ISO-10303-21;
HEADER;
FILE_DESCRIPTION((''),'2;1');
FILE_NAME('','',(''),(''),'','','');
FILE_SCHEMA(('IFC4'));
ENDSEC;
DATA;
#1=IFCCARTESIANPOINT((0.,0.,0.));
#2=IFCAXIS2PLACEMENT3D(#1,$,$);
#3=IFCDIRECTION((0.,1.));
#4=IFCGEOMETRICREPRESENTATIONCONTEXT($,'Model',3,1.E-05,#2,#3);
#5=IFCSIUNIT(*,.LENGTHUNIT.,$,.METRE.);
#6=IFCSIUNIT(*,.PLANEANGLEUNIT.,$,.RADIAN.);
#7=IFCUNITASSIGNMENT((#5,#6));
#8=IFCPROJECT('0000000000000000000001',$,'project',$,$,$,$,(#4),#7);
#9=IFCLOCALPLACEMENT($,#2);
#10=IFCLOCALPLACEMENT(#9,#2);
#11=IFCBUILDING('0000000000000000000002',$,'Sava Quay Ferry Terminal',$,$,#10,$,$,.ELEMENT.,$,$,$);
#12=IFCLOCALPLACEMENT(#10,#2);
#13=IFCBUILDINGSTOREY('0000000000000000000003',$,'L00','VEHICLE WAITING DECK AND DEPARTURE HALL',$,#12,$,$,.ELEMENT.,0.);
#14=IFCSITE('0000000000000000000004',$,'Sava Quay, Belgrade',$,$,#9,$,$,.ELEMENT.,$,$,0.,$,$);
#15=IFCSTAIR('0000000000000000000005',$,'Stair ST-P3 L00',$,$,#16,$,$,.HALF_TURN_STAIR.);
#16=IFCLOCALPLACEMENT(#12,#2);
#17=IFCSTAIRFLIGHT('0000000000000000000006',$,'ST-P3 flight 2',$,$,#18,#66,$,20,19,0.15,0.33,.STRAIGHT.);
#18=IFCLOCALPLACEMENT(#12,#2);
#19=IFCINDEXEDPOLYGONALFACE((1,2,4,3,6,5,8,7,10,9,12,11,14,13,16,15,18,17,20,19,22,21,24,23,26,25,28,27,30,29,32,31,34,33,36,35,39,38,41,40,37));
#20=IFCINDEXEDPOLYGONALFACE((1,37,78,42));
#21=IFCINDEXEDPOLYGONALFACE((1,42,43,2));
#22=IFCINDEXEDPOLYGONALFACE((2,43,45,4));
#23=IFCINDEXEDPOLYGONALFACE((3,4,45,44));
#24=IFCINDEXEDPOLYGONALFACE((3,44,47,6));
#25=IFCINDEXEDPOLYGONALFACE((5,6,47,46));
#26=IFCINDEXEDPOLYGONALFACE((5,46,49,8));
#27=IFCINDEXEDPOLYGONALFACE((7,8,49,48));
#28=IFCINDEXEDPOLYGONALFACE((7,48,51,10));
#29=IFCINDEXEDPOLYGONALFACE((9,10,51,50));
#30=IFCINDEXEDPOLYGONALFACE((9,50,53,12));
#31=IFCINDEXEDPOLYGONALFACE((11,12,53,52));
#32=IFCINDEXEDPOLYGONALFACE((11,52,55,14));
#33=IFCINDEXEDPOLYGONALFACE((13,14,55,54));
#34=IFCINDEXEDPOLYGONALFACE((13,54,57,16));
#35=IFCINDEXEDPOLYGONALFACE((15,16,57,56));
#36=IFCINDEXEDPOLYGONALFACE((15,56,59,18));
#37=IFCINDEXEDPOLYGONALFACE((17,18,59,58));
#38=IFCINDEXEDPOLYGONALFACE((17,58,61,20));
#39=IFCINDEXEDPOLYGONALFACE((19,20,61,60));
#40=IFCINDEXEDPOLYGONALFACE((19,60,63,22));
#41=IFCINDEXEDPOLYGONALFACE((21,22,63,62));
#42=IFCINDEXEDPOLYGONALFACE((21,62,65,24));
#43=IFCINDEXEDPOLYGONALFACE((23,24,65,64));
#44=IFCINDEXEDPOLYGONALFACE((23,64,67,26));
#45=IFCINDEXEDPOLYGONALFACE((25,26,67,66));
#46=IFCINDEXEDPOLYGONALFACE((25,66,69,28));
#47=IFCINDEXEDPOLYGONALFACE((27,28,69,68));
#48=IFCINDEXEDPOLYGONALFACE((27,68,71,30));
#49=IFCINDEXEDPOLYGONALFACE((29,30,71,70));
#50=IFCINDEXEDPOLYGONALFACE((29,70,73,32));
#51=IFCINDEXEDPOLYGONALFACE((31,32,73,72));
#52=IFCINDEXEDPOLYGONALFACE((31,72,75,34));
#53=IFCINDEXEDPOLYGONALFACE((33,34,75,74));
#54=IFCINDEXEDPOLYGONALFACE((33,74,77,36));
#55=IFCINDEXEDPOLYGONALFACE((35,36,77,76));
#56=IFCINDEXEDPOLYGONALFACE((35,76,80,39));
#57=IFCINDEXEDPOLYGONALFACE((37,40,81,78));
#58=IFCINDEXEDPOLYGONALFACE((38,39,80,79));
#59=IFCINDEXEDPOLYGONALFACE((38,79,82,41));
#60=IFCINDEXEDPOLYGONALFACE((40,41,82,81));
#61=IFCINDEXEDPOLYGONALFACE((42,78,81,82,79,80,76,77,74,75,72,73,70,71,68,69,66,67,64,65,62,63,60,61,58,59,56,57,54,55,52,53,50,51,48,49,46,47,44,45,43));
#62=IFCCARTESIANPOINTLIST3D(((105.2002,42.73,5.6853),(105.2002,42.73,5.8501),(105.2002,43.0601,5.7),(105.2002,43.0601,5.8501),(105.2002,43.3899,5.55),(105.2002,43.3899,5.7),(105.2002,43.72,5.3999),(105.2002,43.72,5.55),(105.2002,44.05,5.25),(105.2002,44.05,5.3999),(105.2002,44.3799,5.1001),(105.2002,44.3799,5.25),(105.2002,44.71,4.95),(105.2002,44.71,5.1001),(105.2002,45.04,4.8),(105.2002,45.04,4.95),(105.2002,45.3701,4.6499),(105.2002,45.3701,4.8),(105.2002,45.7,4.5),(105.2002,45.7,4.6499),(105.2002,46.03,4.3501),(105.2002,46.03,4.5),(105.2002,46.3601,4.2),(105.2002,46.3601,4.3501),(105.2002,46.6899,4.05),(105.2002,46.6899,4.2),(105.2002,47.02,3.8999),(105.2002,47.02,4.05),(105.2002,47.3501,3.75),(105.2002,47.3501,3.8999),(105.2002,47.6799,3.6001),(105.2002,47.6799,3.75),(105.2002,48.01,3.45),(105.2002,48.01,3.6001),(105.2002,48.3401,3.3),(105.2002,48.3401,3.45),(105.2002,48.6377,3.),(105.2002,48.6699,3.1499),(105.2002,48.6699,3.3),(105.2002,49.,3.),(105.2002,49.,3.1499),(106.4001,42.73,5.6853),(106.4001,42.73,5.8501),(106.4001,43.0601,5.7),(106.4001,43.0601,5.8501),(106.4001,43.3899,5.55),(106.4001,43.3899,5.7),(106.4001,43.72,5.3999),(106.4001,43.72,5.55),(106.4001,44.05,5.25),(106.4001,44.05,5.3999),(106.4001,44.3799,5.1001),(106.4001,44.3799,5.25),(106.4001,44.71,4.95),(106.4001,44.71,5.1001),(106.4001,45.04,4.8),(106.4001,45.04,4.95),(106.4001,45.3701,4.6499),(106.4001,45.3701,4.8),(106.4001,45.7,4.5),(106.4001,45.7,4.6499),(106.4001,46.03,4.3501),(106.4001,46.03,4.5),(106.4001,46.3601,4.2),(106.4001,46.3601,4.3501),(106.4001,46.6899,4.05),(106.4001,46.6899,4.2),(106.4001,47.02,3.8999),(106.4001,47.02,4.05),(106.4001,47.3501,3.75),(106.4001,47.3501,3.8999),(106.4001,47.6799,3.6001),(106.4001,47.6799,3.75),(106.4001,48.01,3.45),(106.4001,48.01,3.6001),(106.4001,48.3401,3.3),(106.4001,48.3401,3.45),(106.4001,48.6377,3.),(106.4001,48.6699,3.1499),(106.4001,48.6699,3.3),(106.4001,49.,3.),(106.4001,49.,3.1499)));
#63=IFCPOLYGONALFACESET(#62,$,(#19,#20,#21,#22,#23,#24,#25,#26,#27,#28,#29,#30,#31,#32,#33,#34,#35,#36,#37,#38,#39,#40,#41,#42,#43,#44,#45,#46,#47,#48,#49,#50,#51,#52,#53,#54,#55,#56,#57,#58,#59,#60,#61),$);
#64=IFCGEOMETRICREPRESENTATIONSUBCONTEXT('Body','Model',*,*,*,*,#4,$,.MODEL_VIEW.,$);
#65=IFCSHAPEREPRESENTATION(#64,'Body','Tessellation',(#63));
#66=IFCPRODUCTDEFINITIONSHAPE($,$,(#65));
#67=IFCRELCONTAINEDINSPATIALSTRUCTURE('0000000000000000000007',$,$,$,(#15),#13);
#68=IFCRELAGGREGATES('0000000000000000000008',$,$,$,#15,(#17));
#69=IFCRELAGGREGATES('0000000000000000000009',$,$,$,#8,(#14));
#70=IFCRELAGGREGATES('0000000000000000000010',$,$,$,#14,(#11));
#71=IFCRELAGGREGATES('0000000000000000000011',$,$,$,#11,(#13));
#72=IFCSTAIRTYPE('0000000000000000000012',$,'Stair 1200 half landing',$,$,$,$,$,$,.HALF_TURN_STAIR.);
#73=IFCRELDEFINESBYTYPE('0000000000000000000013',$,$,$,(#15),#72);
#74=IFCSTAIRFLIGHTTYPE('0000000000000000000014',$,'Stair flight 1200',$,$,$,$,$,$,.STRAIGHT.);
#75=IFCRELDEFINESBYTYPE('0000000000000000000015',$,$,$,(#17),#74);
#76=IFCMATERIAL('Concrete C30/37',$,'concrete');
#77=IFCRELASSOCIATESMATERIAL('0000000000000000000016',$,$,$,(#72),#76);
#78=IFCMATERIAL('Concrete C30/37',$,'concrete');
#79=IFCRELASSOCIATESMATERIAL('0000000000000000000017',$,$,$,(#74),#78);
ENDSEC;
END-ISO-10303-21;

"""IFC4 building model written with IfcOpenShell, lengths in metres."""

from ifc_helpers import new_model, si_unit, direction, frame, origin, place, context, subcontext, project, spatial, polyline, outline, extrude, material, type_object, element, aggregate, save


model = new_model("IFC4")

# Units and contexts
model_context = context("Model", 3, precision=1e-05, world=origin(), true_north=direction((0.0, 1.0)))
body_context = subcontext(model_context, "Body", "Model", "MODEL_VIEW")
ifc_project = project(units=[si_unit("LENGTHUNIT", "METRE"), si_unit("PLANEANGLEUNIT", "RADIAN")], contexts=[model_context])

# Site, building, storey
site_placement = place(None, origin())
site = spatial("IfcSite", under=ifc_project, at=site_placement, Name="Sava Quay, Belgrade", CompositionType="ELEMENT", RefElevation=0.0)
building_placement = place(site_placement, origin())
building = spatial("IfcBuilding", under=site, at=building_placement, Name="Sava Quay Ferry Terminal", CompositionType="ELEMENT")
storey_placement = place(building_placement, origin())
storey = spatial("IfcBuildingStorey", under=building, at=storey_placement, Name="L00", Description="VEHICLE WAITING DECK AND DEPARTURE HALL", CompositionType="ELEMENT", Elevation=0.0)

# Stair, stair flight
ifc_material_1 = material(Name="Concrete C30/37", Category="concrete")
stair_type = type_object("IfcStairType", Name="Stair 1200 half landing", PredefinedType="HALF_TURN_STAIR", material=ifc_material_1)
stair_placement = place(storey_placement, origin())
stair = element("IfcStair", 1, at=stair_placement, inside=storey, type_object=stair_type, Name="Stair ST-P3 L00", PredefinedType="HALF_TURN_STAIR")
ifc_material_2 = material(Name="Concrete C30/37", Category="concrete")
stair_flight_type = type_object("IfcStairFlightType", Name="Stair flight 1200", PredefinedType="STRAIGHT", material=ifc_material_2)
stair_flight_1_placement = place(storey_placement, frame((105.8, 49.0, 3.0), z_axis=(0.0, 0.0, 1.0), x_axis=(0.0, -1.0, 0.0)))
stair_flight_1 = element("IfcStairFlight", 2, at=stair_flight_1_placement, type_object=stair_flight_type, Name="ST-P3 flight 2", NumberOfRisers=20, NumberOfTreads=19, PredefinedType="STRAIGHT", RiserHeight=0.15, TreadLength=0.33, context=body_context, shape_type="SweptSolid", body=[
    extrude(outline(polyline([(0.0, 0.0), (0.0, 0.1499), (0.3301, 0.1499), (0.3301, 0.3), (0.6599, 0.3), (0.6599, 0.45), (0.99, 0.45), (0.99, 0.6001), (1.3201, 0.6001), (1.3201, 0.75), (1.6499, 0.75), (1.6499, 0.8999), (1.98, 0.8999), (1.98, 1.05), (2.3101, 1.05), (2.3101, 1.2), (2.6399, 1.2), (2.6399, 1.3501), (2.97, 1.3501), (2.97, 1.5), (3.3, 1.5), (3.3, 1.6499), (3.6299, 1.6499), (3.6299, 1.8), (3.96, 1.8), (3.96, 1.95), (4.29, 1.95), (4.29, 2.1001), (4.6201, 2.1001), (4.6201, 2.25), (4.95, 2.25), (4.95, 2.3999), (5.28, 2.3999), (5.28, 2.55), (5.6101, 2.55), (5.6101, 2.7), (5.9399, 2.7), (5.9399, 2.8501), (6.27, 2.8501), (6.27, 3.0), (6.27, 2.6853), (0.3623, 0.0), (0.0, 0.0)])), frame((0.0, 0.6001, 0.0), z_axis=(0.0, -1.0, 0.0), x_axis=(1.0, 0.0, 0.0)), (0.0, 0.0, 1.0), 1.2),
])
aggregate(stair, [stair_flight_1])

save(model, "model.ifc")
